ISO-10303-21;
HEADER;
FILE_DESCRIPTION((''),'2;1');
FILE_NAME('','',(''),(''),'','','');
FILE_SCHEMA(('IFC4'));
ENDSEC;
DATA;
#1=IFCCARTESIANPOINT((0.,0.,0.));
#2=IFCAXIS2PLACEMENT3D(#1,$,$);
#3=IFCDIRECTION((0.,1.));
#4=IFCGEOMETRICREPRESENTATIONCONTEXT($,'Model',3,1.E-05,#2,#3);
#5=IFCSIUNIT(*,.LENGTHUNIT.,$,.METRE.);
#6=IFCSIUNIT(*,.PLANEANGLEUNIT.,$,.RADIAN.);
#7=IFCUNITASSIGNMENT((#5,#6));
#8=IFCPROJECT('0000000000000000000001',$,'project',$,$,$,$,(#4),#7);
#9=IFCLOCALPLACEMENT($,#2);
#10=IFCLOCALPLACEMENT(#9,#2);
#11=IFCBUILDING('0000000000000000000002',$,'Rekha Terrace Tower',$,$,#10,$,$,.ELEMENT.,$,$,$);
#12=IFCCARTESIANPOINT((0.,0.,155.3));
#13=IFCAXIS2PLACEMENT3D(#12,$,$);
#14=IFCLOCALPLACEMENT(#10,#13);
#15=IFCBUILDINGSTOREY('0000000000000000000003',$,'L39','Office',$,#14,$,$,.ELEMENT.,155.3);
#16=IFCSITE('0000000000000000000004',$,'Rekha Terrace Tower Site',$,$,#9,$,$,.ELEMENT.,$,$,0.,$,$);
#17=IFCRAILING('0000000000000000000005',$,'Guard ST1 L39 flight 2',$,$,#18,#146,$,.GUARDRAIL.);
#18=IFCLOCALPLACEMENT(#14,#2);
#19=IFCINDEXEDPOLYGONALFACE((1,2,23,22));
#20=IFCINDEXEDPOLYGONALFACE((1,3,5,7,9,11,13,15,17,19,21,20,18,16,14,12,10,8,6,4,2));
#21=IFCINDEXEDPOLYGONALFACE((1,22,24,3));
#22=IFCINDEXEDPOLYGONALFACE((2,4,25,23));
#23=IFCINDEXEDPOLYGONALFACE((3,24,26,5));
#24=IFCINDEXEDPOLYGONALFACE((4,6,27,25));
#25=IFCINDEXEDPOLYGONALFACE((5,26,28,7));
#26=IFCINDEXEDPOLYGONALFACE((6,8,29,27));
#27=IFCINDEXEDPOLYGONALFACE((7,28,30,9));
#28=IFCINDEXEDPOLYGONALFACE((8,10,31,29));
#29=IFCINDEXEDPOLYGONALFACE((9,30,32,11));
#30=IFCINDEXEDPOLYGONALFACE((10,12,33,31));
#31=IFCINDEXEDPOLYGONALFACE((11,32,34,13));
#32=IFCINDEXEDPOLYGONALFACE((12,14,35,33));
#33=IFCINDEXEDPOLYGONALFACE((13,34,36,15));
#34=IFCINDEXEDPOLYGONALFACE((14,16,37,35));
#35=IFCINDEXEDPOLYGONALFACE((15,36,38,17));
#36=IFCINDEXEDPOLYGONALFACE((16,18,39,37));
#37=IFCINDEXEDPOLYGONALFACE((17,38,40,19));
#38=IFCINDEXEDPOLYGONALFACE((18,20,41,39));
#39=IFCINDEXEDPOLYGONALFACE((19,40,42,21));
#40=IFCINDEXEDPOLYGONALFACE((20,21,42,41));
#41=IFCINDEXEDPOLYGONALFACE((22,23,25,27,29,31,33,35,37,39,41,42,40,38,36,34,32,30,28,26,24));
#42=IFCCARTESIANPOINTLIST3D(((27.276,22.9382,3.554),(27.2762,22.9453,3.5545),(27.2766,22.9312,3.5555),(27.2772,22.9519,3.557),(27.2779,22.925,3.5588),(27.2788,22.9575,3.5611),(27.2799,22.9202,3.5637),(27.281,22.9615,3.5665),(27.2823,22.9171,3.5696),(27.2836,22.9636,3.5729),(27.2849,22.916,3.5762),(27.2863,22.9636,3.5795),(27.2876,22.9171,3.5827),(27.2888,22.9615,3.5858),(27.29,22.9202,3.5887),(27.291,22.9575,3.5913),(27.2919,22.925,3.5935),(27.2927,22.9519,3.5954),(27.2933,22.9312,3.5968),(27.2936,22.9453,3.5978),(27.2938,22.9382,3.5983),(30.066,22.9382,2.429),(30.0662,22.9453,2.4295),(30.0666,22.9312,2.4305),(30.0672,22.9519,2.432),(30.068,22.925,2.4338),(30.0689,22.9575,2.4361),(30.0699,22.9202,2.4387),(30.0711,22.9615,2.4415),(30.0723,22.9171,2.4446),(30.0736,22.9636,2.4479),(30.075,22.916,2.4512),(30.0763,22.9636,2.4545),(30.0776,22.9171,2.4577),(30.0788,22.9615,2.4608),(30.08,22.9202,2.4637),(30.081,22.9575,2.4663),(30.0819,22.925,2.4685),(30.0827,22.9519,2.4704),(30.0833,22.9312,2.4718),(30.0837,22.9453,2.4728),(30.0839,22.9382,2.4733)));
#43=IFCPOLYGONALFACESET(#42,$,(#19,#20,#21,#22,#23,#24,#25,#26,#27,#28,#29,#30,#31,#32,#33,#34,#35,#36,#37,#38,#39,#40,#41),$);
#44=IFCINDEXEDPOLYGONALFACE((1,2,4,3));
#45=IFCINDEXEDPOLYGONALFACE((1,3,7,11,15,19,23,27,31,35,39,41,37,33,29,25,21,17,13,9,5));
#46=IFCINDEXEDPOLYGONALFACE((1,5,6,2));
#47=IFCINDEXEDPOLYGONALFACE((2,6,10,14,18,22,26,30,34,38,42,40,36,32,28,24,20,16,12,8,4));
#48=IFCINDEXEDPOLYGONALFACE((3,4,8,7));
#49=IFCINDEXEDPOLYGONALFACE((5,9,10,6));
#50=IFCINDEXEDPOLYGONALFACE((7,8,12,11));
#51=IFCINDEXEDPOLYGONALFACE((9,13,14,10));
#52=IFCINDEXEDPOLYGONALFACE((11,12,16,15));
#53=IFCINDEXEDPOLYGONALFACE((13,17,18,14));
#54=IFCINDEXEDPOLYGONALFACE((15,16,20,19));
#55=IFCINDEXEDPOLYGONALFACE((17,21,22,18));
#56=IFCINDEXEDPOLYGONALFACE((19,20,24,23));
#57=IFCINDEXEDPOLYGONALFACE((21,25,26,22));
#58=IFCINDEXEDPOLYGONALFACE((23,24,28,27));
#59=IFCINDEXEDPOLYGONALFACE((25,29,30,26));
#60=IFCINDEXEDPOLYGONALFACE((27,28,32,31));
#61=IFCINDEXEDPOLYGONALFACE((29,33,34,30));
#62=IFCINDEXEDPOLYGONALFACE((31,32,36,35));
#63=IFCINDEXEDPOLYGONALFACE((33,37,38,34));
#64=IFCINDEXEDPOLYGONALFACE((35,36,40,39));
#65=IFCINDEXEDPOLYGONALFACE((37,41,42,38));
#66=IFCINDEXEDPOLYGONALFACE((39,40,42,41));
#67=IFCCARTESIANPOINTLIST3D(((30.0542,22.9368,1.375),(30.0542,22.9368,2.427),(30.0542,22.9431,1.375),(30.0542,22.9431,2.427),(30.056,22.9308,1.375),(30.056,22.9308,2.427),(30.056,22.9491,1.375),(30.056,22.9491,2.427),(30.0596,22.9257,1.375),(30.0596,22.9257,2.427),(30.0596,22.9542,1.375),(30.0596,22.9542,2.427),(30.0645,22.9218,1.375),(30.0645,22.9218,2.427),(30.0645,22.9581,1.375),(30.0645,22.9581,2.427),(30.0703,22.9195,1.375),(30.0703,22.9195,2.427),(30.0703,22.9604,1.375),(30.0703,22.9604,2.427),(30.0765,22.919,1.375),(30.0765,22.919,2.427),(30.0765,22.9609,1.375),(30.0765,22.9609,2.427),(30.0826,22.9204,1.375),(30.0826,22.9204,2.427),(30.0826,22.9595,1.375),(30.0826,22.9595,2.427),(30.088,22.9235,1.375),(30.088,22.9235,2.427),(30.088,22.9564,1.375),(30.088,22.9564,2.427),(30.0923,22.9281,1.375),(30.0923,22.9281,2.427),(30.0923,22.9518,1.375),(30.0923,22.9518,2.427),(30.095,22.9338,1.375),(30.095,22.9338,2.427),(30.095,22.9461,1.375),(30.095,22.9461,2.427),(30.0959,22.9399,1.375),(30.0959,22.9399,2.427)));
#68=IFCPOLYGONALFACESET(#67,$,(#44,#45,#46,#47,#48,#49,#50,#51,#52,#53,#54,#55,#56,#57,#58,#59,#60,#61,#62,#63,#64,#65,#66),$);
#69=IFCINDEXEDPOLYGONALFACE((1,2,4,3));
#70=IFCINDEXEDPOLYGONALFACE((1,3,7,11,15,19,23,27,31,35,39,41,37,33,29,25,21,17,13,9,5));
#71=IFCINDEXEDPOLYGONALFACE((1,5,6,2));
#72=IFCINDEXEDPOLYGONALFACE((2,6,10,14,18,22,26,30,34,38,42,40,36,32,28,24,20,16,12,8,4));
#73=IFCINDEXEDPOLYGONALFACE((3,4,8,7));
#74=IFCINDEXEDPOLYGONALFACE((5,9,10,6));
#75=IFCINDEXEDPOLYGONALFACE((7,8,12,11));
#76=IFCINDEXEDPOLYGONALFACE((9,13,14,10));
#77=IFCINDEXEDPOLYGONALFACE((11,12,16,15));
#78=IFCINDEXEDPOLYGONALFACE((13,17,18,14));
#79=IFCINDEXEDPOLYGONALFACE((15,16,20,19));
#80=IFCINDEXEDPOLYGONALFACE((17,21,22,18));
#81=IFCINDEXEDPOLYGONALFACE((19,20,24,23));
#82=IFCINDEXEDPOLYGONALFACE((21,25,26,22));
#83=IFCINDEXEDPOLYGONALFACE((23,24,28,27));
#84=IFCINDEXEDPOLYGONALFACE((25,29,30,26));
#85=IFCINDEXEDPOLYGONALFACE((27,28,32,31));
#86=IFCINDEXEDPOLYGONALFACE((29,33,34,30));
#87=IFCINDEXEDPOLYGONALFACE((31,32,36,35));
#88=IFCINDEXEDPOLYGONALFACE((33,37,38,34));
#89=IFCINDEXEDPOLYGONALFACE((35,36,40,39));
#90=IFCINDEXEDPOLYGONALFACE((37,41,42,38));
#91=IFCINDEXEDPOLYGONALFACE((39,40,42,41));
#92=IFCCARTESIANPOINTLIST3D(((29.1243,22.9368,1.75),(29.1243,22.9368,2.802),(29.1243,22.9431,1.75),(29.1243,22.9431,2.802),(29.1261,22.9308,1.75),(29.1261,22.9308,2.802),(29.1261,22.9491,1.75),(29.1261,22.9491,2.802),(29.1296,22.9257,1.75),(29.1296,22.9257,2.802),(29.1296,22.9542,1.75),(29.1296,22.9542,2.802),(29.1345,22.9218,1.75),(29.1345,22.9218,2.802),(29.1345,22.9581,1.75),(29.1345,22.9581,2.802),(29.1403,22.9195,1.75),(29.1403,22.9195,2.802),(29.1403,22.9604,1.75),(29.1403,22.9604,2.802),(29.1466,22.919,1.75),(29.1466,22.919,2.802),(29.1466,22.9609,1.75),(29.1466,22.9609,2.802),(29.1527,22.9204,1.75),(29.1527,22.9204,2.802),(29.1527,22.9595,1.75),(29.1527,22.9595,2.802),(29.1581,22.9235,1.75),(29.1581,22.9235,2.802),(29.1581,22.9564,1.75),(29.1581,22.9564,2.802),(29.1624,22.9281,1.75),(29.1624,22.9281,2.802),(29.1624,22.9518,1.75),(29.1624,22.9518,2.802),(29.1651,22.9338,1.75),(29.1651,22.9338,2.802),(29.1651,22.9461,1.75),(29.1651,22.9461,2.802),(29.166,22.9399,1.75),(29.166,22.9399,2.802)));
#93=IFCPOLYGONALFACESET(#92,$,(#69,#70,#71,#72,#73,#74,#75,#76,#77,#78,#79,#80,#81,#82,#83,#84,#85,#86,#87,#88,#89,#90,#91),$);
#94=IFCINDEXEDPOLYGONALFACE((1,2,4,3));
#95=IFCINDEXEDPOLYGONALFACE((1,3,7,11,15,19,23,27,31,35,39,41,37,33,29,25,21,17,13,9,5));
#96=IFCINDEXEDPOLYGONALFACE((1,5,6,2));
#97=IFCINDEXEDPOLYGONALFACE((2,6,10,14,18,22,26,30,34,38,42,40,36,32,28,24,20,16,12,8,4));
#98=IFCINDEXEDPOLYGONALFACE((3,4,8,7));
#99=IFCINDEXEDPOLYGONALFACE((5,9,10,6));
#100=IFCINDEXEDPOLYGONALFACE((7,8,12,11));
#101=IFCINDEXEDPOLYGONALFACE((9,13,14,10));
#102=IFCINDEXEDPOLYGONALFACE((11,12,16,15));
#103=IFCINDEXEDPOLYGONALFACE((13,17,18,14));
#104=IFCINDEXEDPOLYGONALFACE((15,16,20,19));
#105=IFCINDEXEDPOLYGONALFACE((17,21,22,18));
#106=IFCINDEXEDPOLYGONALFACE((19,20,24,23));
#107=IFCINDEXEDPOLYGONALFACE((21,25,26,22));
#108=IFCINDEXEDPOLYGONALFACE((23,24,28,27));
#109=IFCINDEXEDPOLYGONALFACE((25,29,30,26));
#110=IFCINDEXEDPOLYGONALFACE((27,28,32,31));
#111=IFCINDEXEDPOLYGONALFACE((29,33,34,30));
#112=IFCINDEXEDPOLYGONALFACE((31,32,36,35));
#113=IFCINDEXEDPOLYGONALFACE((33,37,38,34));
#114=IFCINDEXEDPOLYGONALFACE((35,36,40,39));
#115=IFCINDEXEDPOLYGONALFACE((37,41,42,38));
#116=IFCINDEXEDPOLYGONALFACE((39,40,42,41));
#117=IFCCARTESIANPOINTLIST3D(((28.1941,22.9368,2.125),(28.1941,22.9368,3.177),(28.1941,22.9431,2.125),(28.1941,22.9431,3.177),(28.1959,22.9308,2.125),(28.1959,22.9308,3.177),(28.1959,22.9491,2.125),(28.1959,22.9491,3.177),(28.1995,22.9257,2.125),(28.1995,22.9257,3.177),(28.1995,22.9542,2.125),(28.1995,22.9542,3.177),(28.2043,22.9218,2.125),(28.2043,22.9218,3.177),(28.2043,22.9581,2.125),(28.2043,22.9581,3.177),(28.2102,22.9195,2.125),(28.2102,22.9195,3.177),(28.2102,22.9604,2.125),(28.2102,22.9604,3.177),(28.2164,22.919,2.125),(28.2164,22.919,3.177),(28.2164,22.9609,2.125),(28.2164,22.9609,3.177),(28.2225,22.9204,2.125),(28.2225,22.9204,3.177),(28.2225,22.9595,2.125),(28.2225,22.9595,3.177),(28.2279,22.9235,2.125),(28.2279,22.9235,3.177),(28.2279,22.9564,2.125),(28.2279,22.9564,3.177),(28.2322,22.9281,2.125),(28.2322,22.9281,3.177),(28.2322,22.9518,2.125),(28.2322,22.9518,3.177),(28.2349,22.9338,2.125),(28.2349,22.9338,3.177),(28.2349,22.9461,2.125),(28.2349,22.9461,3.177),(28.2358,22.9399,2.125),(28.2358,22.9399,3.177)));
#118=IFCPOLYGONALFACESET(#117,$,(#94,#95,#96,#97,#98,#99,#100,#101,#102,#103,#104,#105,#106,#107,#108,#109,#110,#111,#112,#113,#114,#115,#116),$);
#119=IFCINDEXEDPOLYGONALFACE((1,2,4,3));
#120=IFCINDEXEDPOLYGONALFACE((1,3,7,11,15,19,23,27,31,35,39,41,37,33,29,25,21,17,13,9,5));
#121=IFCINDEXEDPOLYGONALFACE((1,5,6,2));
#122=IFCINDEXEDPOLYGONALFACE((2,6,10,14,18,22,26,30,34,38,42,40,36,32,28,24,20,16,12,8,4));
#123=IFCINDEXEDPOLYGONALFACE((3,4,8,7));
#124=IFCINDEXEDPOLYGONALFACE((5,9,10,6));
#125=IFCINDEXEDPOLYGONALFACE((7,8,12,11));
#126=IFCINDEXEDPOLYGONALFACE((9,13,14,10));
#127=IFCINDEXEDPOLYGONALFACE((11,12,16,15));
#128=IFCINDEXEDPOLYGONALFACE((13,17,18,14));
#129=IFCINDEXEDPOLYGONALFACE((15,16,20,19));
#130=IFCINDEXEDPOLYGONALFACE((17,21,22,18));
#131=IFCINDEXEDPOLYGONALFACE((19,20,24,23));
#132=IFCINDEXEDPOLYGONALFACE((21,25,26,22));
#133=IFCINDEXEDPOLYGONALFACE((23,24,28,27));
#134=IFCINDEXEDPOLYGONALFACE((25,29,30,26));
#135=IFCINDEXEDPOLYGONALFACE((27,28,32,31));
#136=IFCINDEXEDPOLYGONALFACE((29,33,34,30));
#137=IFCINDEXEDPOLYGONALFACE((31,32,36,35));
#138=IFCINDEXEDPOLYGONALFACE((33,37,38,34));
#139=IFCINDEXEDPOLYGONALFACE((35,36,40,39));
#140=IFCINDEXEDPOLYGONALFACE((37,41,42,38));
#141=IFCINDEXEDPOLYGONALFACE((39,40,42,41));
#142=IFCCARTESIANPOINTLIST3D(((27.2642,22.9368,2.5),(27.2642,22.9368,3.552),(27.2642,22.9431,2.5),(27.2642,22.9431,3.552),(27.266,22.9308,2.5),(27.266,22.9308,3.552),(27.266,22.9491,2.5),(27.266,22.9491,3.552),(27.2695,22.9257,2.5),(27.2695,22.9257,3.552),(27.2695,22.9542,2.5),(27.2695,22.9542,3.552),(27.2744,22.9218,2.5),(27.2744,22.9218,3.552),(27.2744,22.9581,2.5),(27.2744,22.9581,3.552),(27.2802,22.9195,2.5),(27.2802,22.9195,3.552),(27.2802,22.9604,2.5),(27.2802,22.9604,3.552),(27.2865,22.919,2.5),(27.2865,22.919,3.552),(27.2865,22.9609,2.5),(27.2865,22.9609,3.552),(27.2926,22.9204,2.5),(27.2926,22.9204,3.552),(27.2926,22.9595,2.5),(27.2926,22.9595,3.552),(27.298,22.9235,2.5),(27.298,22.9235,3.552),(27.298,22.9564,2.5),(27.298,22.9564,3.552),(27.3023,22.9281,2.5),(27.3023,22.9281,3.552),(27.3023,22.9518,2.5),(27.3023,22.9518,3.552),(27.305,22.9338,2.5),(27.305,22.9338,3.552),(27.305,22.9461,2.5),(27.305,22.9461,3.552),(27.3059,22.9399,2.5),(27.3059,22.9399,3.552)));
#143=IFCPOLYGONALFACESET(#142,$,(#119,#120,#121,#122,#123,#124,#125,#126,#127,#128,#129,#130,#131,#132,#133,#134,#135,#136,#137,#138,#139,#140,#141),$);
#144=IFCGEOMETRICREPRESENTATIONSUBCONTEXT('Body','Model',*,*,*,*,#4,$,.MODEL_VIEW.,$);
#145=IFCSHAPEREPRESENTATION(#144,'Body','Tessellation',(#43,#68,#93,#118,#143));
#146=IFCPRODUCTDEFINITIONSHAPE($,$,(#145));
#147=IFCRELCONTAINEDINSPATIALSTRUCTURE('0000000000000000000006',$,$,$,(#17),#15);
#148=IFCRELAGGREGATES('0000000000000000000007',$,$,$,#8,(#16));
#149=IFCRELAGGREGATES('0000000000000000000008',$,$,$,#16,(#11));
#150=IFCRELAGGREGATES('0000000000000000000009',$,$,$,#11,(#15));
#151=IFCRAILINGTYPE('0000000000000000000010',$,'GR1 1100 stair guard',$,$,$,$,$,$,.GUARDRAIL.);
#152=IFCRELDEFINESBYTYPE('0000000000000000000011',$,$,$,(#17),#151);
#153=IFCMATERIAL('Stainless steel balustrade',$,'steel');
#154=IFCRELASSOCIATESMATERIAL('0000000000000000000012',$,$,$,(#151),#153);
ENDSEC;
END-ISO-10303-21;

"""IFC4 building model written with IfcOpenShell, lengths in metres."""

from ifc_helpers import new_model, si_unit, direction, frame, origin, origin_2d, place, context, subcontext, project, spatial, circle, extrude, material, type_object, element, save


model = new_model("IFC4")

# Units and contexts
model_context = context("Model", 3, precision=1e-05, world=origin(), true_north=direction((0.0, 1.0)))
body_context = subcontext(model_context, "Body", "Model", "MODEL_VIEW")
ifc_project = project(units=[si_unit("LENGTHUNIT", "METRE"), si_unit("PLANEANGLEUNIT", "RADIAN")], contexts=[model_context])

# Site, building, storey
site_placement = place(None, origin())
site = spatial("IfcSite", under=ifc_project, at=site_placement, Name="Rekha Terrace Tower Site", CompositionType="ELEMENT", RefElevation=0.0)
building_placement = place(site_placement, origin())
building = spatial("IfcBuilding", under=site, at=building_placement, Name="Rekha Terrace Tower", CompositionType="ELEMENT")
storey_placement = place(building_placement, frame((0.0, 0.0, 155.3)))
storey = spatial("IfcBuildingStorey", under=building, at=storey_placement, Name="L39", Description="Office", CompositionType="ELEMENT", Elevation=155.3)

# Railing
ifc_material_1 = material(Name="Stainless steel balustrade", Category="steel")
railing_type_1 = type_object("IfcRailingType", Name="GR1 1100 stair guard", PredefinedType="GUARDRAIL", material=ifc_material_1)
railing_1_placement = place(storey_placement, frame((30.075, 22.9399, 1.375)))
element("IfcRailing", 1, at=railing_1_placement, inside=storey, type_object=railing_type_1, Name="Guard ST1 L39 flight 2", PredefinedType="GUARDRAIL", context=body_context, shape_type="SweptSolid", body=[
    extrude(circle(Radius=0.0239, at=origin_2d()), frame((0.0, 0.0, 1.0762), z_axis=(-0.927443, 0.0, 0.373964), x_axis=(0.0, -1.0, 0.0)), (0.0, 0.0, 1.0), 3.0083),
    extrude(circle(Radius=0.021, at=origin_2d()), origin(), (0.0, 0.0, 1.0), 1.052),
    extrude(circle(Radius=0.021, at=origin_2d()), frame((-0.9299, 0.0, 0.375)), (0.0, 0.0, 1.0), 1.052),
    extrude(circle(Radius=0.021, at=origin_2d()), frame((-1.8601, 0.0, 0.75)), (0.0, 0.0, 1.0), 1.052),
    extrude(circle(Radius=0.021, at=origin_2d()), frame((-2.79, 0.0, 1.125)), (0.0, 0.0, 1.0), 1.052),
])

save(model, "model.ifc")
